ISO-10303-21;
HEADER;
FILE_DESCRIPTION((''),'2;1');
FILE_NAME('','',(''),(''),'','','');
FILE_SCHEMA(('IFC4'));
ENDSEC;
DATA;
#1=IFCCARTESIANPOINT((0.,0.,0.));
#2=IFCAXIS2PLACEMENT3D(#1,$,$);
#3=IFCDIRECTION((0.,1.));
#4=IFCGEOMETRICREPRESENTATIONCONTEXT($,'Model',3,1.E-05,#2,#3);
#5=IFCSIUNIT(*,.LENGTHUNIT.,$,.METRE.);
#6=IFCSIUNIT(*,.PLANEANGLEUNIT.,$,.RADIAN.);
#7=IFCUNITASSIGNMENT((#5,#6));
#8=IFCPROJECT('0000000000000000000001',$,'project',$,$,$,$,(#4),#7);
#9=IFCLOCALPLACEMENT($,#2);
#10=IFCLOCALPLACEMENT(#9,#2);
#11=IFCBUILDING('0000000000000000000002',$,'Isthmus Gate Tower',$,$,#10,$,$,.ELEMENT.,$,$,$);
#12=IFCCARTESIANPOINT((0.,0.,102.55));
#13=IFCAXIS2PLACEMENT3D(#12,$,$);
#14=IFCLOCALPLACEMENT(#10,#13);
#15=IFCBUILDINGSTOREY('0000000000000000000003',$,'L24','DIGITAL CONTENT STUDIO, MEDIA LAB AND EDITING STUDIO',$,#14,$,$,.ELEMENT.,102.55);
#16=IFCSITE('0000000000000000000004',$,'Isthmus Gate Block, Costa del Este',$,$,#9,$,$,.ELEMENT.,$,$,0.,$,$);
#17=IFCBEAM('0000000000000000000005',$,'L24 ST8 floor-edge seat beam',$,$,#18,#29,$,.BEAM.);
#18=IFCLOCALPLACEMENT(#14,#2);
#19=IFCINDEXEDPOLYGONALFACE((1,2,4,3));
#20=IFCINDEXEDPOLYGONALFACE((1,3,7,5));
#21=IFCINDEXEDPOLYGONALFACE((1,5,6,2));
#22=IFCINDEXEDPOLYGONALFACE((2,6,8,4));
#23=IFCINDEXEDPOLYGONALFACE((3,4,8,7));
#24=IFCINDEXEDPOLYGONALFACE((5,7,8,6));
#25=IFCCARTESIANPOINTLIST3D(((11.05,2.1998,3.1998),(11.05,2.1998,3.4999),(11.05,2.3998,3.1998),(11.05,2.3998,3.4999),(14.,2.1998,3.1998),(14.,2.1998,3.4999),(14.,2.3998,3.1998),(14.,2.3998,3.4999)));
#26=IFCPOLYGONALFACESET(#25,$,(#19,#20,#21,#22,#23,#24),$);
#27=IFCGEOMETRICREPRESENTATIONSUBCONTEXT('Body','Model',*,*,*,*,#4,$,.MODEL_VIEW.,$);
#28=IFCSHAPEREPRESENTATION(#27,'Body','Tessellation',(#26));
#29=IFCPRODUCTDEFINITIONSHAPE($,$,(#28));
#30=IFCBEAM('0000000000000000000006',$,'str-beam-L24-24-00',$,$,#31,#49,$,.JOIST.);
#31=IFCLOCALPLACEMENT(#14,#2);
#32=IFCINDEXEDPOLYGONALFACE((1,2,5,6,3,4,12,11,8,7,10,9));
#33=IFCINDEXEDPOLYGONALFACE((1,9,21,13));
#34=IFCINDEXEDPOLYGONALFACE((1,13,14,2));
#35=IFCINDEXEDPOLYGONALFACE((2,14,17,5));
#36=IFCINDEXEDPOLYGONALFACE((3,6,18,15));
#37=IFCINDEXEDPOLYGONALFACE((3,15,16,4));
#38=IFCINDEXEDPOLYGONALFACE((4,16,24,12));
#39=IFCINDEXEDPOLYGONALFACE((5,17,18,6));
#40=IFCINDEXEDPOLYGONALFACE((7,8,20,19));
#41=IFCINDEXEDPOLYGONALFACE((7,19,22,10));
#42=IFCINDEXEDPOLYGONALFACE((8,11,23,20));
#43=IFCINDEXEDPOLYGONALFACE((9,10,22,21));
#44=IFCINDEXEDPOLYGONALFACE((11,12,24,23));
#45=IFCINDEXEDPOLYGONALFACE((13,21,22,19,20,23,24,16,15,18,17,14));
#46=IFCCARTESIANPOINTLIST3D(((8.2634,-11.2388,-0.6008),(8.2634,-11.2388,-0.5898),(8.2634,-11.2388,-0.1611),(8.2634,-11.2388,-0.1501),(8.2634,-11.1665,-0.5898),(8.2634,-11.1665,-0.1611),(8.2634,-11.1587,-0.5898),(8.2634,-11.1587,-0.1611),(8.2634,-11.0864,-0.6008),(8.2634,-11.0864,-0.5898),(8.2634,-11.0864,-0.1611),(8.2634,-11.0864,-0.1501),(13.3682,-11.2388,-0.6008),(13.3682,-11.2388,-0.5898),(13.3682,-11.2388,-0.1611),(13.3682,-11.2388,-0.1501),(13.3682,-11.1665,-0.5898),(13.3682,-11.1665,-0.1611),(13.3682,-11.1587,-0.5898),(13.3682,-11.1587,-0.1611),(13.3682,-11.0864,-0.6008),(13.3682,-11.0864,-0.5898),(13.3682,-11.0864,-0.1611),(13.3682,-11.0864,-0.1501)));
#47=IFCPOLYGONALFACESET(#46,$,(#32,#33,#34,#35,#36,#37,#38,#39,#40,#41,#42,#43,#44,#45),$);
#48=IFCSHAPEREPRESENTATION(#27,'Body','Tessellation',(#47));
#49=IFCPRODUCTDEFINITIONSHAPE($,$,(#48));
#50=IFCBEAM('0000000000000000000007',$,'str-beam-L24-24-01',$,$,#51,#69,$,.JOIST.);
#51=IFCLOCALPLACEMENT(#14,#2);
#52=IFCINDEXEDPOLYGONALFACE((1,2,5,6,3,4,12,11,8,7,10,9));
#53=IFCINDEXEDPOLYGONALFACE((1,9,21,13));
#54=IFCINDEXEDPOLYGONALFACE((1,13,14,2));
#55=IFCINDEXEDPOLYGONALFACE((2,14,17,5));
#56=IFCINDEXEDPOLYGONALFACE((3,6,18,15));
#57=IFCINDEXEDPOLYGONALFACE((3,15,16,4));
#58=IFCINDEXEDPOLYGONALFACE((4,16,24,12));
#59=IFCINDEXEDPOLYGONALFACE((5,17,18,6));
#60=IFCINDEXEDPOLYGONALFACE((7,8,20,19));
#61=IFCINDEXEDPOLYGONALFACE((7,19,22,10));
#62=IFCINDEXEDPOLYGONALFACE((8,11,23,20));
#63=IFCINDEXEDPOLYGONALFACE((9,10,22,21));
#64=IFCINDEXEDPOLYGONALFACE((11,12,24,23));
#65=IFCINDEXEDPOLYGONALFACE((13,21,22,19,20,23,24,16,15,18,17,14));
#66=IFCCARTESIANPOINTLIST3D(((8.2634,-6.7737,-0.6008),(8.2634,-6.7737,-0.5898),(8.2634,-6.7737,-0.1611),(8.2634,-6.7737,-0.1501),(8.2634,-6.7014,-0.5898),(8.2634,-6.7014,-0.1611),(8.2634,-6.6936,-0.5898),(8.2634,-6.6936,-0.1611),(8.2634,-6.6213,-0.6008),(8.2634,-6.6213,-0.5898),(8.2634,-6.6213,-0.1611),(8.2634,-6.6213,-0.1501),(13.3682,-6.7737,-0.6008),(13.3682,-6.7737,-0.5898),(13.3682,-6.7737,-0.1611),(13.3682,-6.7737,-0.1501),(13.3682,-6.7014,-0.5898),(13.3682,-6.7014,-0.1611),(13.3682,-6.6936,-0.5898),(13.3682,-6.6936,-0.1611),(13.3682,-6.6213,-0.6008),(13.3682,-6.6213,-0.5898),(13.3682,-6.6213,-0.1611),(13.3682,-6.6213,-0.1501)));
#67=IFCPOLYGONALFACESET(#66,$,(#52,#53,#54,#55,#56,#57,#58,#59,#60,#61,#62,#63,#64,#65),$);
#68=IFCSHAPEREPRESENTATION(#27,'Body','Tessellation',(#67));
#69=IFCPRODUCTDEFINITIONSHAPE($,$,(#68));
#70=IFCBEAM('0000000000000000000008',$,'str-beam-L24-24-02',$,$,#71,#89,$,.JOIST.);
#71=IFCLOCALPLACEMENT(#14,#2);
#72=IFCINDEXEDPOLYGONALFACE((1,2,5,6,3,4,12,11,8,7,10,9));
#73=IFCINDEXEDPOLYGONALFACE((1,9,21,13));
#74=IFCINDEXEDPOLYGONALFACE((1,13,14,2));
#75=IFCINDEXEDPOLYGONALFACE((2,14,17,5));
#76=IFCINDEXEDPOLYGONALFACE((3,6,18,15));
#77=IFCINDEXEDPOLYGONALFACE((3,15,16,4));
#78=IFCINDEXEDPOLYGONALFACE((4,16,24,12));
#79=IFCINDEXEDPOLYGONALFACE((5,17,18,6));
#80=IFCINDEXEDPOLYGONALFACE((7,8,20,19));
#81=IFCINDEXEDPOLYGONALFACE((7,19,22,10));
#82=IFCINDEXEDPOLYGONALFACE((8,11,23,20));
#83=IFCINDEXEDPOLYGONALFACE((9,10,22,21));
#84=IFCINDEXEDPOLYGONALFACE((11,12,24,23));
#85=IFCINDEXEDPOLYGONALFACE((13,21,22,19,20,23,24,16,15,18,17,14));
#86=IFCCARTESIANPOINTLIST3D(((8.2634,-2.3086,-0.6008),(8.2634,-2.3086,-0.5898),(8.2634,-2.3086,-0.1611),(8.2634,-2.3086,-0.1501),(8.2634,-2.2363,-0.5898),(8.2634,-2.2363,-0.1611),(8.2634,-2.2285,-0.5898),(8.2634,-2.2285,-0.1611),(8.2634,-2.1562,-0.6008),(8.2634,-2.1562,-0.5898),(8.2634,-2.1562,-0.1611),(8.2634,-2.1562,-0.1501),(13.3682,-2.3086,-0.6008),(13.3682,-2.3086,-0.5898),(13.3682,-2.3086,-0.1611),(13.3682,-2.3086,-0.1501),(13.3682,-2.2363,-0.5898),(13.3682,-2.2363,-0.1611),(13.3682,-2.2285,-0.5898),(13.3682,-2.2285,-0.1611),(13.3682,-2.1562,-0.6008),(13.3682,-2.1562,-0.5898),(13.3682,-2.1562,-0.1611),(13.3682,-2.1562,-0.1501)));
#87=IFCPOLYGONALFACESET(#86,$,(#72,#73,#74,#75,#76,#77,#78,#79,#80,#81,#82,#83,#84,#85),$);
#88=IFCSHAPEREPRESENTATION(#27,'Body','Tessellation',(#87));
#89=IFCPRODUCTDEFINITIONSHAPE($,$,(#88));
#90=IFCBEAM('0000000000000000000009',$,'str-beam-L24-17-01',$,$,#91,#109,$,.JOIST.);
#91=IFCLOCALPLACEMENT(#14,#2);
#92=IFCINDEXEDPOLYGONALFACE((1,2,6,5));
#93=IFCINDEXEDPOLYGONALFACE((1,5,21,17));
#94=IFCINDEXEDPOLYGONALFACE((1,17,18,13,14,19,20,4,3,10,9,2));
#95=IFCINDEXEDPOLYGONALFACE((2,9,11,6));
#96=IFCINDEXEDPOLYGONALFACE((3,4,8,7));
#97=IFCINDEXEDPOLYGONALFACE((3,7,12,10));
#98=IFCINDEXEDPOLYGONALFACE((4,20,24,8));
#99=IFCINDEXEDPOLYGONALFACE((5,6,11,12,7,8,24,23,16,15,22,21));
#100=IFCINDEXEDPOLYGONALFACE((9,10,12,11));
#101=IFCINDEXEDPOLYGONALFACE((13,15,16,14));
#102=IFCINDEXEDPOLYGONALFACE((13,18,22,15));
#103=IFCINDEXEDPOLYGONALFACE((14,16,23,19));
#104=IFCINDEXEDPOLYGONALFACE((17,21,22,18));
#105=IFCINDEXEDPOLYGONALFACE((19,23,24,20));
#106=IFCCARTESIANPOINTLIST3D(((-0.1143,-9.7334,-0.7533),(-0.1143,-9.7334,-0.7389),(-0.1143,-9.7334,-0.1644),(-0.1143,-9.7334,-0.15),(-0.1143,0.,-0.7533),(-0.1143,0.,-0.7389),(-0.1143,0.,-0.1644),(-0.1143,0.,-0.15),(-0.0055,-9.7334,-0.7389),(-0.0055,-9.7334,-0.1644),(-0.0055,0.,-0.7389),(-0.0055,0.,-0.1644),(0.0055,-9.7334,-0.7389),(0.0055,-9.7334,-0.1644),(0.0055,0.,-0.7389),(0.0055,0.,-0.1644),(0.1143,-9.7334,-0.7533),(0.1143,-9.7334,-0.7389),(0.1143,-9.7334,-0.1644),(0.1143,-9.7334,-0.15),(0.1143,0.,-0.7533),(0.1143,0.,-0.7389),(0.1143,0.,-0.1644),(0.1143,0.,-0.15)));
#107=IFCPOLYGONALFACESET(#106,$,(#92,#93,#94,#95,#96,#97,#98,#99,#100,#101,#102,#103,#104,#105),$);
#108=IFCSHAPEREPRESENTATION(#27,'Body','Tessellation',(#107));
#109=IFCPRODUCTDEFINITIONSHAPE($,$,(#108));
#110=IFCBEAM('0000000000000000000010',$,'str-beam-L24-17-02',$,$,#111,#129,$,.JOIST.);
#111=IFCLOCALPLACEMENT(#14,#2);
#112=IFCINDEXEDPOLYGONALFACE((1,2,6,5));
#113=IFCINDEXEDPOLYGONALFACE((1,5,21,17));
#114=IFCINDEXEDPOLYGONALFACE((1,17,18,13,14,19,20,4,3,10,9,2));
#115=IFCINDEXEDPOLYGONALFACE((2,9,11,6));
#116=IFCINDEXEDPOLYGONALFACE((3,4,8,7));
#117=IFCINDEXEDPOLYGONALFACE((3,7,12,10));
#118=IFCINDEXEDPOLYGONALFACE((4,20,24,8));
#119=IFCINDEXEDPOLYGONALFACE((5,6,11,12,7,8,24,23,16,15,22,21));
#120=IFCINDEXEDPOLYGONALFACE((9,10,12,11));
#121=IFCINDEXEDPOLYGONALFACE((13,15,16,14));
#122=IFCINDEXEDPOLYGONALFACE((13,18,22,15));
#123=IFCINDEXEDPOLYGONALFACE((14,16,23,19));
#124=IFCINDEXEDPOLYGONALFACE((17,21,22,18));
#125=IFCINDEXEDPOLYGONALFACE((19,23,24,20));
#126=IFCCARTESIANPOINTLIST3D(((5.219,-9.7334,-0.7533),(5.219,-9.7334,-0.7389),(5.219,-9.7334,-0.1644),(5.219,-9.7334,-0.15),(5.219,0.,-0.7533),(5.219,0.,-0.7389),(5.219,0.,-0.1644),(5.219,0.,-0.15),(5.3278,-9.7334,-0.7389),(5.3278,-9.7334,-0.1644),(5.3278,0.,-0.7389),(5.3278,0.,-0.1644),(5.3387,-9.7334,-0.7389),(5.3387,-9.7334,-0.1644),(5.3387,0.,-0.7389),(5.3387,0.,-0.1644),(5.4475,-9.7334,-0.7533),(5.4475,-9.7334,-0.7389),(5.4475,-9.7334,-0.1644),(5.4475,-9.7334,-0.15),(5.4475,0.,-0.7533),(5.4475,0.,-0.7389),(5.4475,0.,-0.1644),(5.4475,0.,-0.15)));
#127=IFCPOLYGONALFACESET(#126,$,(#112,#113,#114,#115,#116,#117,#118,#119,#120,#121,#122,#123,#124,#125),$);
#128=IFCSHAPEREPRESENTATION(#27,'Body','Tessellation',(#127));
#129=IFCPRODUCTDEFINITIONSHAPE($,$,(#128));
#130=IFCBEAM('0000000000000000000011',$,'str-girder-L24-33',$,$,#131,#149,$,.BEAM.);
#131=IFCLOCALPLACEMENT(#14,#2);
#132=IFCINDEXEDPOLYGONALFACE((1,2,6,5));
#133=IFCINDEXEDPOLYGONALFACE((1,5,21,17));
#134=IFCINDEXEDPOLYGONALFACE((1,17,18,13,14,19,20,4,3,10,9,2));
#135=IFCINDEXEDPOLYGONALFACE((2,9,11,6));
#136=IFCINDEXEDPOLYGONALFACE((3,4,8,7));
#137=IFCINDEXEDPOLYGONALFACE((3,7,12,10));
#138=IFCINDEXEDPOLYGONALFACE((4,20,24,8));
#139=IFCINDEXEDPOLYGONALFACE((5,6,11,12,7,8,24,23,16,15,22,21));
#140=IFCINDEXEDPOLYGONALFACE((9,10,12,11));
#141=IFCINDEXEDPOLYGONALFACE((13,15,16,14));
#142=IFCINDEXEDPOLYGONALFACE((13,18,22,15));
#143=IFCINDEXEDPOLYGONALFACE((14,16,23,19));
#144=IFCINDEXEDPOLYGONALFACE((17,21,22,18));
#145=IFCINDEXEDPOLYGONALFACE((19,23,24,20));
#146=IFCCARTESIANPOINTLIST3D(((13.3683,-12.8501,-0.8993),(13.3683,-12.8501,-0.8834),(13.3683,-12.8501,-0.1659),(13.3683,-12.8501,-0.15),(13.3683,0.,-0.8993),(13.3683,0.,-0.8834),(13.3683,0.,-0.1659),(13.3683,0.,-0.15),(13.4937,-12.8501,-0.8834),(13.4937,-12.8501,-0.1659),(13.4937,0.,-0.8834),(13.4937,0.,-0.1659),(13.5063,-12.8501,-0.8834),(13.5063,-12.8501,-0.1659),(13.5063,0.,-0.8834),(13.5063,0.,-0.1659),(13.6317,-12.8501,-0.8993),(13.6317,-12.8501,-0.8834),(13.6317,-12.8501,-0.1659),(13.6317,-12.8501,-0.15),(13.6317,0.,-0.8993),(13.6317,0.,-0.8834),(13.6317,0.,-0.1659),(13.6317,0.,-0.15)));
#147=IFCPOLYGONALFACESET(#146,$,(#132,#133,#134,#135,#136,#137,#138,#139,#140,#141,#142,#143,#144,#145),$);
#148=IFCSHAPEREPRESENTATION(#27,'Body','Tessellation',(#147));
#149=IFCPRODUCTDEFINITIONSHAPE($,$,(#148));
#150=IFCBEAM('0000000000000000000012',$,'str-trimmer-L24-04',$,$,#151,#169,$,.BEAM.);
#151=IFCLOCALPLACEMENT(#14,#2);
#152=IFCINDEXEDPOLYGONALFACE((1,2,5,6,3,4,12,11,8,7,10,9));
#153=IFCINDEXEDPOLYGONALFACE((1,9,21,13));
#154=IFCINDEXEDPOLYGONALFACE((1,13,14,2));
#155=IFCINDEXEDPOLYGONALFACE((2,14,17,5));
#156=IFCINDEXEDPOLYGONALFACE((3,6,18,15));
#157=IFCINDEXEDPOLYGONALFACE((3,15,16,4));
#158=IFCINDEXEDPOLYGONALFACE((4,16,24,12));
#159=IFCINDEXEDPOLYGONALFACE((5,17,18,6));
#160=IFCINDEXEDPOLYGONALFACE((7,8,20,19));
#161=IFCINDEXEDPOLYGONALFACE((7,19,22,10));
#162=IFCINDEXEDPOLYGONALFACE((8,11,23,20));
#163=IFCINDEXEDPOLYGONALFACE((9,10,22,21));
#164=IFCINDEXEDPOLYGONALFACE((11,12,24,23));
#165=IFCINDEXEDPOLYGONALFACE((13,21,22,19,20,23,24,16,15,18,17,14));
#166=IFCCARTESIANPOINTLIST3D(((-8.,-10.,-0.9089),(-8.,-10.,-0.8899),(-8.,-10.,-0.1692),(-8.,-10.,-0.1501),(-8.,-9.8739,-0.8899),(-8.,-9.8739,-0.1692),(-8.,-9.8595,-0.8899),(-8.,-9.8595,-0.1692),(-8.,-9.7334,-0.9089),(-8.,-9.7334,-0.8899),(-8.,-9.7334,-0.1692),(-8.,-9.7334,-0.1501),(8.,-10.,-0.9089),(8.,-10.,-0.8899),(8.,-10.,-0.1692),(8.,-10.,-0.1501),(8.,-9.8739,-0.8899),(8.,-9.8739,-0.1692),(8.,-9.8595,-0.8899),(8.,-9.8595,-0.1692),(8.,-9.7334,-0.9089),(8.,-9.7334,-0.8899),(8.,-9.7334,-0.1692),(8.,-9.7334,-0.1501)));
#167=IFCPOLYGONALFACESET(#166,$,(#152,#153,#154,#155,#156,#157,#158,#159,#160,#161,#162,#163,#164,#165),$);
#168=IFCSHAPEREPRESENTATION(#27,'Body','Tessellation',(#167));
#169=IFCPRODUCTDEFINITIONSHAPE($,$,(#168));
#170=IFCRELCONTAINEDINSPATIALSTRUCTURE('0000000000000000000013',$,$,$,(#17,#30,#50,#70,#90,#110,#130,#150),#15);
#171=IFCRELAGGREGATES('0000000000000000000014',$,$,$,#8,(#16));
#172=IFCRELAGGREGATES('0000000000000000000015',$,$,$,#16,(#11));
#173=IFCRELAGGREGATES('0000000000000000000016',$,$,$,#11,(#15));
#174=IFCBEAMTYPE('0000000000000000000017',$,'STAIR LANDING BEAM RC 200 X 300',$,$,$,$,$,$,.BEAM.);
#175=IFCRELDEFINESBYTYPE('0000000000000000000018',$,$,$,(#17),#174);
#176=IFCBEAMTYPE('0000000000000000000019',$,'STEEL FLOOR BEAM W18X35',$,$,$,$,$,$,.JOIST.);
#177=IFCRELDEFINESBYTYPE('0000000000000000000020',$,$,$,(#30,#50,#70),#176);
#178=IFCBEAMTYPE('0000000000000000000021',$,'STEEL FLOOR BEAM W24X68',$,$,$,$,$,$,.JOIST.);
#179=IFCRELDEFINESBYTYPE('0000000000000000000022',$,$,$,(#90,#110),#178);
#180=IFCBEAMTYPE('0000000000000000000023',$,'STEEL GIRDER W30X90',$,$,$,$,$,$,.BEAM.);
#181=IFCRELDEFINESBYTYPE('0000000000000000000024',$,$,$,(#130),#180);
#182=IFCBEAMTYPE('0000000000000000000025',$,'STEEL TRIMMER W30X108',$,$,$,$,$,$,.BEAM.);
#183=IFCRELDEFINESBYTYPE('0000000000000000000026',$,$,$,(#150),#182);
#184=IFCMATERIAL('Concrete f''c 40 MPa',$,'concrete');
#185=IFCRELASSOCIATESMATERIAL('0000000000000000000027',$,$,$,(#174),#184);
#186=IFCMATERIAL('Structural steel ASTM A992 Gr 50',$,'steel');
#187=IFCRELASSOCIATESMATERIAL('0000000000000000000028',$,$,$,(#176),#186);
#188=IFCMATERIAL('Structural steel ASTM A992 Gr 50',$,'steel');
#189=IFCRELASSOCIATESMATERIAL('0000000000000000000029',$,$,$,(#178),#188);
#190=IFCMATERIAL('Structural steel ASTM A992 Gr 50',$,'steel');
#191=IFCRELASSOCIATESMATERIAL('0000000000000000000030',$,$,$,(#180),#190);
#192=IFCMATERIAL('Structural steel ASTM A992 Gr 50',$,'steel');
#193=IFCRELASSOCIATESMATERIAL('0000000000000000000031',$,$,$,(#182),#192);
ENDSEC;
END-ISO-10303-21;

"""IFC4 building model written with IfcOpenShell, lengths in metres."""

from ifc_helpers import new_model, si_unit, direction, frame, origin, origin_2d, place, context, subcontext, project, spatial, rectangle, i_section, extrude, material, material_profile, profile_set, type_object, element, save


model = new_model("IFC4")

# Units and contexts
model_context = context("Model", 3, precision=1e-05, world=origin(), true_north=direction((0.0, 1.0)))
body_context = subcontext(model_context, "Body", "Model", "MODEL_VIEW")
ifc_project = project(units=[si_unit("LENGTHUNIT", "METRE"), si_unit("PLANEANGLEUNIT", "RADIAN")], contexts=[model_context])

# Site, building, storey
site_placement = place(None, origin())
site = spatial("IfcSite", under=ifc_project, at=site_placement, Name="Isthmus Gate Block, Costa del Este", CompositionType="ELEMENT", RefElevation=0.0)
building_placement = place(site_placement, origin())
building = spatial("IfcBuilding", under=site, at=building_placement, Name="Isthmus Gate Tower", CompositionType="ELEMENT")
storey_placement = place(building_placement, frame((0.0, 0.0, 102.55)))
storey = spatial("IfcBuildingStorey", under=building, at=storey_placement, Name="L24", Description="DIGITAL CONTENT STUDIO, MEDIA LAB AND EDITING STUDIO", CompositionType="ELEMENT", Elevation=102.55)

# Beams
ifc_material_1 = material(Name="Concrete f'c 40 MPa", Category="concrete")
ifc_material_profile_1 = material_profile(ifc_material_1, rectangle(XDim=0.2, YDim=0.3, at=origin_2d()), Name="STAIR LANDING BEAM RC 200 X 300")
ifc_profile_set_1 = profile_set([ifc_material_profile_1], Name="Concrete f'c 40 MPa")
beam_type_1 = type_object("IfcBeamType", Name="STAIR LANDING BEAM RC 200 X 300", PredefinedType="BEAM", material=ifc_profile_set_1)
beam_1_placement = place(storey_placement, frame((11.05, 2.2998, 3.3499), z_axis=(1.0, 0.0, 0.0), x_axis=(0.0, 1.0, 0.0)))
element("IfcBeam", 1, at=beam_1_placement, inside=storey, type_object=beam_type_1, Name="L24 ST8 floor-edge seat beam", PredefinedType="BEAM", context=body_context, shape_type="SweptSolid", body=[
    extrude(rectangle(XDim=0.2, YDim=0.3, at=origin_2d()), origin(), (0.0, 0.0, 1.0), 2.95),
])
ifc_material_2 = material(Name="Structural steel ASTM A992 Gr 50", Category="steel")
ifc_material_profile_2 = material_profile(ifc_material_2, i_section(OverallWidth=0.1523, OverallDepth=0.4507, WebThickness=0.0078, FlangeThickness=0.011, at=origin_2d()), Name="W18X35")
ifc_profile_set_2 = profile_set([ifc_material_profile_2], Name="Structural steel ASTM A992 Gr 50")
beam_type_2 = type_object("IfcBeamType", Name="STEEL FLOOR BEAM W18X35", PredefinedType="JOIST", material=ifc_profile_set_2)
for number, where, z_axis, x_axis, name in (
    (2, (8.2634, -11.1626, -0.3755), (1.0, 0.0, 0.0), (0.0, 1.0, 0.0), "str-beam-L24-24-00"),
    (3, (8.2634, -6.6975, -0.3755), (1.0, 0.0, 0.0), (0.0, 1.0, 0.0), "str-beam-L24-24-01"),
    (4, (8.2634, -2.2324, -0.3755), (1.0, 0.0, 0.0), (0.0, 1.0, 0.0), "str-beam-L24-24-02"),
):
    element("IfcBeam", number, at=place(storey_placement, frame(where, z_axis=z_axis, x_axis=x_axis)), inside=storey, type_object=beam_type_2, Name=name, PredefinedType="JOIST", context=body_context, shape_type="SweptSolid", body=[
        extrude(i_section(OverallWidth=0.1523, OverallDepth=0.4507, WebThickness=0.0078, FlangeThickness=0.011, at=origin_2d()), origin(), (0.0, 0.0, 1.0), 5.1047),
    ])
ifc_material_3 = material(Name="Structural steel ASTM A992 Gr 50", Category="steel")
ifc_material_profile_3 = material_profile(ifc_material_3, i_section(OverallWidth=0.2285, OverallDepth=0.6033, WebThickness=0.011, FlangeThickness=0.0144, at=origin_2d()), Name="W24X68")
ifc_profile_set_3 = profile_set([ifc_material_profile_3], Name="Structural steel ASTM A992 Gr 50")
beam_type_3 = type_object("IfcBeamType", Name="STEEL FLOOR BEAM W24X68", PredefinedType="JOIST", material=ifc_profile_set_3)
for number, where, z_axis, x_axis, name in (
    (5, (0.0, -9.7334, -0.4517), (0.0, 1.0, 0.0), (-1.0, 0.0, 0.0), "str-beam-L24-17-01"),
    (6, (5.3333, -9.7334, -0.4517), (0.0, 1.0, 0.0), (-1.0, 0.0, 0.0), "str-beam-L24-17-02"),
):
    element("IfcBeam", number, at=place(storey_placement, frame(where, z_axis=z_axis, x_axis=x_axis)), inside=storey, type_object=beam_type_3, Name=name, PredefinedType="JOIST", context=body_context, shape_type="SweptSolid", body=[
        extrude(i_section(OverallWidth=0.2285, OverallDepth=0.6033, WebThickness=0.011, FlangeThickness=0.0144, at=origin_2d()), origin(), (0.0, 0.0, 1.0), 9.7334),
    ])
ifc_material_4 = material(Name="Structural steel ASTM A992 Gr 50", Category="steel")
ifc_material_profile_4 = material_profile(ifc_material_4, i_section(OverallWidth=0.2634, OverallDepth=0.7493, WebThickness=0.0127, FlangeThickness=0.0159, at=origin_2d()), Name="W30X90")
ifc_profile_set_4 = profile_set([ifc_material_profile_4], Name="Structural steel ASTM A992 Gr 50")
beam_type_4 = type_object("IfcBeamType", Name="STEEL GIRDER W30X90", PredefinedType="BEAM", material=ifc_profile_set_4)
beam_2_placement = place(storey_placement, frame((13.5, -12.8501, -0.5247), z_axis=(0.0, 1.0, 0.0), x_axis=(-1.0, 0.0, 0.0)))
element("IfcBeam", 7, at=beam_2_placement, inside=storey, type_object=beam_type_4, Name="str-girder-L24-33", PredefinedType="BEAM", context=body_context, shape_type="SweptSolid", body=[
    extrude(i_section(OverallWidth=0.2634, OverallDepth=0.7493, WebThickness=0.0127, FlangeThickness=0.0159, at=origin_2d()), origin(), (0.0, 0.0, 1.0), 12.8501),
])
ifc_material_5 = material(Name="Structural steel ASTM A992 Gr 50", Category="steel")
ifc_material_profile_5 = material_profile(ifc_material_5, i_section(OverallWidth=0.2666, OverallDepth=0.7588, WebThickness=0.0144, FlangeThickness=0.019, at=origin_2d()), Name="W30X108")
ifc_profile_set_5 = profile_set([ifc_material_profile_5], Name="Structural steel ASTM A992 Gr 50")
beam_type_5 = type_object("IfcBeamType", Name="STEEL TRIMMER W30X108", PredefinedType="BEAM", material=ifc_profile_set_5)
beam_3_placement = place(storey_placement, frame((8.0, -9.8667, -0.5295), z_axis=(-1.0, 0.0, 0.0), x_axis=(0.0, -1.0, 0.0)))
element("IfcBeam", 8, at=beam_3_placement, inside=storey, type_object=beam_type_5, Name="str-trimmer-L24-04", PredefinedType="BEAM", context=body_context, shape_type="SweptSolid", body=[
    extrude(i_section(OverallWidth=0.2666, OverallDepth=0.7588, WebThickness=0.0144, FlangeThickness=0.019, at=origin_2d()), origin(), (0.0, 0.0, 1.0), 16.0),
])

save(model, "model.ifc")
